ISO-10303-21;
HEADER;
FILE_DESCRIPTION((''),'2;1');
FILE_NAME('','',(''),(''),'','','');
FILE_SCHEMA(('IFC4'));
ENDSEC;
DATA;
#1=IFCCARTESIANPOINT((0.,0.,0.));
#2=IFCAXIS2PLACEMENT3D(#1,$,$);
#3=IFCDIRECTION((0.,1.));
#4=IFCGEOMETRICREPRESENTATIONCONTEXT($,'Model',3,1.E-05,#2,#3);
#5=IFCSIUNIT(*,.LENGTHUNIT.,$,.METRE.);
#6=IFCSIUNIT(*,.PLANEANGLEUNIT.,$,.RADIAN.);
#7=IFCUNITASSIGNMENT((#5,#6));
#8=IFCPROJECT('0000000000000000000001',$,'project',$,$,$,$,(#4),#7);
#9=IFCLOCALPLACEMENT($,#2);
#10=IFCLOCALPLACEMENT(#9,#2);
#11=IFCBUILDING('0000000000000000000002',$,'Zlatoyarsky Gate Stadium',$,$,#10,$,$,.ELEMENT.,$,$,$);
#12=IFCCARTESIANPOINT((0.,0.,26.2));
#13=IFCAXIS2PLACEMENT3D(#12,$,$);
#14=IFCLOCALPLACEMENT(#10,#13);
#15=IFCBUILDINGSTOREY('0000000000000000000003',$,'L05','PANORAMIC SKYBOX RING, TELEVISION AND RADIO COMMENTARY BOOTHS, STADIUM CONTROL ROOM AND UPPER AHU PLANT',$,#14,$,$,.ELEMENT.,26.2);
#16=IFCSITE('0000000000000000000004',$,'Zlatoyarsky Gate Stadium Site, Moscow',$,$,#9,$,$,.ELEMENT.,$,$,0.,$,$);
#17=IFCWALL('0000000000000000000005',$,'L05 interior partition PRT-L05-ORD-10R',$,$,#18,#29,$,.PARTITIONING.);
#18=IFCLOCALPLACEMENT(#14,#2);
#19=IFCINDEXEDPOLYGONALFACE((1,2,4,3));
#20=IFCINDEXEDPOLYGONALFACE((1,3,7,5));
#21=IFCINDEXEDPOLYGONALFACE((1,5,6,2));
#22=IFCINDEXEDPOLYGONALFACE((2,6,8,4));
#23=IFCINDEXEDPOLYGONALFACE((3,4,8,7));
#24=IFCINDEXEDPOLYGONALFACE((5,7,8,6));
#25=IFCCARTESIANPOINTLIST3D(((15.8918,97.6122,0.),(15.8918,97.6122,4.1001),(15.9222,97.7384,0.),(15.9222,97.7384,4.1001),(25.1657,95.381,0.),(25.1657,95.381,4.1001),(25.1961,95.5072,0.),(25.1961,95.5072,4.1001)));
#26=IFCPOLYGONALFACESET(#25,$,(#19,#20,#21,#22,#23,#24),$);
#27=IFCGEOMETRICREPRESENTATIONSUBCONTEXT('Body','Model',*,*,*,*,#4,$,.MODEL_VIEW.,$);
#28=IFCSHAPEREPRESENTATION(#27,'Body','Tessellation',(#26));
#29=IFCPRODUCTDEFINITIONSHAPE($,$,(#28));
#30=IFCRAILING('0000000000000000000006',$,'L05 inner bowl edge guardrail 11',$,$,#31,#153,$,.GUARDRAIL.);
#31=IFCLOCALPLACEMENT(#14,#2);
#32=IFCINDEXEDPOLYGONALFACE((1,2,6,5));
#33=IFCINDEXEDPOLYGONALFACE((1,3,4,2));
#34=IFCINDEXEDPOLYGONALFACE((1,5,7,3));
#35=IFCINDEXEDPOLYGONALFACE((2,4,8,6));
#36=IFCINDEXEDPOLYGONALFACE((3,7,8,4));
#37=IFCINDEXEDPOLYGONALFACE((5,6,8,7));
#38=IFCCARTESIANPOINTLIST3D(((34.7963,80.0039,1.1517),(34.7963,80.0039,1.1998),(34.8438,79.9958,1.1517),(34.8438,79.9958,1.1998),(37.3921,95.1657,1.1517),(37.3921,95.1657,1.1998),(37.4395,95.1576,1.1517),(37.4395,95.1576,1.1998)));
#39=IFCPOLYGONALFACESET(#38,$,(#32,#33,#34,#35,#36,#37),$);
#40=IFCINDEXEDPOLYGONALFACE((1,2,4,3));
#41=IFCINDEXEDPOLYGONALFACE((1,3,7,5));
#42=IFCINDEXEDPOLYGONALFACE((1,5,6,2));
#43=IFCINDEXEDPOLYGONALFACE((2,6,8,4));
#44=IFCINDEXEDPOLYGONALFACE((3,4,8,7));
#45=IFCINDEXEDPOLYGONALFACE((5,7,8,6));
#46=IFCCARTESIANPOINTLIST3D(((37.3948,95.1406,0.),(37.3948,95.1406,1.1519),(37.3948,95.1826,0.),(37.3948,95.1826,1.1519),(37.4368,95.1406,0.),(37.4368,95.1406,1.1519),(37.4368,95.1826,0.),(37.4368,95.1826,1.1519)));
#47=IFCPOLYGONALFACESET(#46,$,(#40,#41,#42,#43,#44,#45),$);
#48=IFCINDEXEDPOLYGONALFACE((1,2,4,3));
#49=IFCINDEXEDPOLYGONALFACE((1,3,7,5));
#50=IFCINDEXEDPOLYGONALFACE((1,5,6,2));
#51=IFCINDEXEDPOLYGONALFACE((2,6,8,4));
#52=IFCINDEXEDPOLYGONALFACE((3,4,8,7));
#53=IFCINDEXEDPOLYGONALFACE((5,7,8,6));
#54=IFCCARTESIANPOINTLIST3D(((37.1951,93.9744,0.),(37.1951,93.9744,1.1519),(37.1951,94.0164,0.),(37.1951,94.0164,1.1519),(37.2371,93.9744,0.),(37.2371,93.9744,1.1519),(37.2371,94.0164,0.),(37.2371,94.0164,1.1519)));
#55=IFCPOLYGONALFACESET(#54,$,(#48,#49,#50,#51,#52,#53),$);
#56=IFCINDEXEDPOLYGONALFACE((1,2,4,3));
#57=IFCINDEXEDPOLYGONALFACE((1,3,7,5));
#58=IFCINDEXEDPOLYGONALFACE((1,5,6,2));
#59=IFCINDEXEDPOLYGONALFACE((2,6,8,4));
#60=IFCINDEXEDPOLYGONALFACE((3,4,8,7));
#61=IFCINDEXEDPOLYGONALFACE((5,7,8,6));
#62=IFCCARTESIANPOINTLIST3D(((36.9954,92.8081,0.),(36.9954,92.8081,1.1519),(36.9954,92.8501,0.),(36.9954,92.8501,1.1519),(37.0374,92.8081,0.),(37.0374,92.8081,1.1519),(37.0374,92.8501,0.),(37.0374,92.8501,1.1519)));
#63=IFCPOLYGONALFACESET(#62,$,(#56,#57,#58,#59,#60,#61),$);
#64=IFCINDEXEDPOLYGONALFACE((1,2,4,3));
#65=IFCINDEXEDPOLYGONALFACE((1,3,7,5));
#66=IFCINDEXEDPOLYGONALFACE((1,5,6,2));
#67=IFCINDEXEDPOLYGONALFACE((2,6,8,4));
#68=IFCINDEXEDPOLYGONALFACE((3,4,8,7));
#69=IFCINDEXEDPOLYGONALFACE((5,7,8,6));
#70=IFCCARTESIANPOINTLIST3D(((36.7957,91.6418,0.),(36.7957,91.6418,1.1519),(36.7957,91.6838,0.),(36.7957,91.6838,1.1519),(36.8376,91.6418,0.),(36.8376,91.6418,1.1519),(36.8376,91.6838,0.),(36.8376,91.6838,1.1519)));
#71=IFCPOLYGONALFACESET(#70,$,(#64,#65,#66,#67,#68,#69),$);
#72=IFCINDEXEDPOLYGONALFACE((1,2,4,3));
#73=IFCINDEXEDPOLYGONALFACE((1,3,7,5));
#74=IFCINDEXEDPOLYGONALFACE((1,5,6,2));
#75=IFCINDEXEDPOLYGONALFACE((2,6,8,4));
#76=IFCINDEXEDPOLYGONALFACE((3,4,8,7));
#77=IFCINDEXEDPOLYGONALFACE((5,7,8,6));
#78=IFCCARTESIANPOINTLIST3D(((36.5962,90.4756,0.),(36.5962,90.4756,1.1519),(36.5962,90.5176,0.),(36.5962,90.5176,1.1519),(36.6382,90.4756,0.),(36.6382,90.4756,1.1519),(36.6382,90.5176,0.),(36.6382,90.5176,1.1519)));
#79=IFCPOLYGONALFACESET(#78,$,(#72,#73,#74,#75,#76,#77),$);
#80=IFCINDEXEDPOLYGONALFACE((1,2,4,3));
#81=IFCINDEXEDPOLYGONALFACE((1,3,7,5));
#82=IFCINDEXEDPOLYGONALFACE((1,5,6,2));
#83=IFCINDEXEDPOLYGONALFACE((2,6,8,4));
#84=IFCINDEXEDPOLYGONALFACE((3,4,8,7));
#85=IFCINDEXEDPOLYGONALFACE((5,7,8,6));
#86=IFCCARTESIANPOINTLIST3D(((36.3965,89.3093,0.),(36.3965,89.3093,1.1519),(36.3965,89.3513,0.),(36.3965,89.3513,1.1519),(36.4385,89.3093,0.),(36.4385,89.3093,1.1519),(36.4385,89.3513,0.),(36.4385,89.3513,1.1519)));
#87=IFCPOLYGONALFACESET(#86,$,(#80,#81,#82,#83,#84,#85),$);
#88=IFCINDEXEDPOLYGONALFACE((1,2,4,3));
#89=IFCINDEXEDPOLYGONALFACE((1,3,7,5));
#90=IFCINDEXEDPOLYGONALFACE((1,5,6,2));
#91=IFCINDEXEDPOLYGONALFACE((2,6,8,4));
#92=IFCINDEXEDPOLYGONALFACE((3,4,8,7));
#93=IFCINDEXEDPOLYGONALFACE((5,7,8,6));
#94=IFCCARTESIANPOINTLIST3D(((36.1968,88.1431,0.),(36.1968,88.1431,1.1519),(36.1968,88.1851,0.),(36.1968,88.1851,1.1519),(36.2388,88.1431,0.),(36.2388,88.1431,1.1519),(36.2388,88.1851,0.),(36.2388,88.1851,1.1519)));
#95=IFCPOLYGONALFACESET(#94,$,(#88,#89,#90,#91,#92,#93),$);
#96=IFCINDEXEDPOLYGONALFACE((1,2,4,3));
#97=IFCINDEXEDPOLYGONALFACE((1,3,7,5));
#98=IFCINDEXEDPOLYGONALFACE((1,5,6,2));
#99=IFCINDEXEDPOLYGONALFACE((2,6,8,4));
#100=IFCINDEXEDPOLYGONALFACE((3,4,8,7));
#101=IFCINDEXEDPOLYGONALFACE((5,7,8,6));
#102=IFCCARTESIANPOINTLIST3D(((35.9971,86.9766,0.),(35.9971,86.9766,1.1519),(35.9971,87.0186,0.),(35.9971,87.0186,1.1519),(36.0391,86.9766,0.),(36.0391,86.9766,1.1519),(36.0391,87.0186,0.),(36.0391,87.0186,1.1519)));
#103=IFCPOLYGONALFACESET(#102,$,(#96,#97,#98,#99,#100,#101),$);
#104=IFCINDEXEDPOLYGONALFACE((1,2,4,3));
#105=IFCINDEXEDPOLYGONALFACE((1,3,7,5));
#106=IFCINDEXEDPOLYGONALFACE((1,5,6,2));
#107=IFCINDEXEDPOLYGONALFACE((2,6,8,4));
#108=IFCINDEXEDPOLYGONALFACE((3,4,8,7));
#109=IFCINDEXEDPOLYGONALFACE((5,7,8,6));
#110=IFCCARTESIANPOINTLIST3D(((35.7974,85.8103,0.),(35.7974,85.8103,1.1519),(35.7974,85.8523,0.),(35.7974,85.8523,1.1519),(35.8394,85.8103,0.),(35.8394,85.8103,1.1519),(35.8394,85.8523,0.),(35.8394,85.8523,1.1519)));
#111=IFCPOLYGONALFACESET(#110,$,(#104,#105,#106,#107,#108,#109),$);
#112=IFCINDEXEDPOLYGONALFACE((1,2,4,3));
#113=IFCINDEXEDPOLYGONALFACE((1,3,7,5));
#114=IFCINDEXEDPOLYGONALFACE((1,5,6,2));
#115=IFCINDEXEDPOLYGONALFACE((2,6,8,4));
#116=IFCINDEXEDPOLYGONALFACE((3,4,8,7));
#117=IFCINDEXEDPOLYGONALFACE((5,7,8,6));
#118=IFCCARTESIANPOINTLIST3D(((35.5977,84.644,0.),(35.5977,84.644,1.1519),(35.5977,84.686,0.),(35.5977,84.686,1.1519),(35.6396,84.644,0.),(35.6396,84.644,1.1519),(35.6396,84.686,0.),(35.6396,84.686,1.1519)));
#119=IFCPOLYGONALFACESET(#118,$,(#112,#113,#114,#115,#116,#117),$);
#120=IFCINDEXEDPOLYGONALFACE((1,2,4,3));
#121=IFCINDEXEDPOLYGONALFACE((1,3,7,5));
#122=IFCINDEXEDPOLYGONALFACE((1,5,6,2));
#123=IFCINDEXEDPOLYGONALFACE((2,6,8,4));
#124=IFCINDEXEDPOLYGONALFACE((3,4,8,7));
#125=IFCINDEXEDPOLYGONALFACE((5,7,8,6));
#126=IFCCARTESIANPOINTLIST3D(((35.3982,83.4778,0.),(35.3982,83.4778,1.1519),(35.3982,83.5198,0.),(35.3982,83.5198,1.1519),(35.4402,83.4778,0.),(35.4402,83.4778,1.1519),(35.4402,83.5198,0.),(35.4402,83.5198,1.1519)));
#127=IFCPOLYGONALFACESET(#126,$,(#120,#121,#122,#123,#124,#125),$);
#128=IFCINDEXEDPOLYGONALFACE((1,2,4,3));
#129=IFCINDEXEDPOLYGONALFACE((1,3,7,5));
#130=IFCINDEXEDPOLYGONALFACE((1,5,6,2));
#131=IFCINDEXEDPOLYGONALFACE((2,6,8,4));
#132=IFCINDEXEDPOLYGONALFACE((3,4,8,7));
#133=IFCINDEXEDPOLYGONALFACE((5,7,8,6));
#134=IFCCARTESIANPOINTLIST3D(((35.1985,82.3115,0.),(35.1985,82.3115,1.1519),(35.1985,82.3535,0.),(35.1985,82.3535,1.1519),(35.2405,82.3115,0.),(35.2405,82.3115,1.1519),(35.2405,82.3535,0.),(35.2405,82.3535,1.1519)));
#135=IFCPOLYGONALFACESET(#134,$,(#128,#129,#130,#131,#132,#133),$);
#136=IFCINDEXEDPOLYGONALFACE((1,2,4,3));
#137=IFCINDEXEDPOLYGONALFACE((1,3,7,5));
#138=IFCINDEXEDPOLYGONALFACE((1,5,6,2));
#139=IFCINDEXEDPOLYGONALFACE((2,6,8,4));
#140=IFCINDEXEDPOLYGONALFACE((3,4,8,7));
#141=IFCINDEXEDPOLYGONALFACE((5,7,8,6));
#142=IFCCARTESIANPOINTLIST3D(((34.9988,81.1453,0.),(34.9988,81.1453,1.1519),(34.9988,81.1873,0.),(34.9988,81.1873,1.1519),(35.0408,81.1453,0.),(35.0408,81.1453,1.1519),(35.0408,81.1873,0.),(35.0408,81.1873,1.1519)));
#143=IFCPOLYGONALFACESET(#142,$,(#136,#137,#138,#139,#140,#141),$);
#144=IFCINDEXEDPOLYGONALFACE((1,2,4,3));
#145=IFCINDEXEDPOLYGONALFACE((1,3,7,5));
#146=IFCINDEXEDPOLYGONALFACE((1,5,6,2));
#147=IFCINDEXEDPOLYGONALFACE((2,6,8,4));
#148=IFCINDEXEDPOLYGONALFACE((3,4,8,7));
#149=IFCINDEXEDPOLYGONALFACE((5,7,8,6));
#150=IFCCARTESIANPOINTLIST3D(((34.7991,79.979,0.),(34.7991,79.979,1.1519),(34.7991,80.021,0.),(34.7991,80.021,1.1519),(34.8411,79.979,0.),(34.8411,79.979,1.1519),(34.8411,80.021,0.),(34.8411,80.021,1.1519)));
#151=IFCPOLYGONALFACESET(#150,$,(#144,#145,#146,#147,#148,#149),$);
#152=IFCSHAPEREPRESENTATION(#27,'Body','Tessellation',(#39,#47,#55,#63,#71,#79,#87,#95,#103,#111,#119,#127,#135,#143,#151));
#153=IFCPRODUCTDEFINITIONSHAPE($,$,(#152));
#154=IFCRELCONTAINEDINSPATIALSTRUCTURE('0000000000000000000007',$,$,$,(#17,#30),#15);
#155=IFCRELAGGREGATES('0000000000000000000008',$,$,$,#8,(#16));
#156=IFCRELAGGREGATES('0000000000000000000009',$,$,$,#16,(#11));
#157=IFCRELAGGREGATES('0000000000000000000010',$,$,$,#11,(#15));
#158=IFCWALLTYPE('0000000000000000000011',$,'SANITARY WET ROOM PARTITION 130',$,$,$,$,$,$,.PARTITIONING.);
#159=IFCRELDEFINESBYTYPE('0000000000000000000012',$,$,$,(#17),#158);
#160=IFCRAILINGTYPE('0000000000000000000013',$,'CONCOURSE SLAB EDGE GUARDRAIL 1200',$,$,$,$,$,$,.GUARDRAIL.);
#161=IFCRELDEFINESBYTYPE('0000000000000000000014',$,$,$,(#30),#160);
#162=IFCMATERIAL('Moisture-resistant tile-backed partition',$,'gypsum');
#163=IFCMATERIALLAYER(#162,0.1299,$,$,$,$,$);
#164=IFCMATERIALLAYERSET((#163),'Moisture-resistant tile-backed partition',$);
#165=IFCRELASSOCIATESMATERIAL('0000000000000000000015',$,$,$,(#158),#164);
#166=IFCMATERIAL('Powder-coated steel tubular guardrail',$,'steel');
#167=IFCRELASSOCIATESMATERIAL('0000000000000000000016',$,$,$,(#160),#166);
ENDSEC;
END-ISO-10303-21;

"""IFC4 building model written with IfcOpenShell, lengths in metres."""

from ifc_helpers import new_model, si_unit, direction, frame, frame_2d, origin, origin_2d, place, context, subcontext, project, spatial, rectangle, extrude, material, layer, layer_set, type_object, element, save


model = new_model("IFC4")

# Units and contexts
model_context = context("Model", 3, precision=1e-05, world=origin(), true_north=direction((0.0, 1.0)))
body_context = subcontext(model_context, "Body", "Model", "MODEL_VIEW")
ifc_project = project(units=[si_unit("LENGTHUNIT", "METRE"), si_unit("PLANEANGLEUNIT", "RADIAN")], contexts=[model_context])

# Site, building, storey
site_placement = place(None, origin())
site = spatial("IfcSite", under=ifc_project, at=site_placement, Name="Zlatoyarsky Gate Stadium Site, Moscow", CompositionType="ELEMENT", RefElevation=0.0)
building_placement = place(site_placement, origin())
building = spatial("IfcBuilding", under=site, at=building_placement, Name="Zlatoyarsky Gate Stadium", CompositionType="ELEMENT")
storey_placement = place(building_placement, frame((0.0, 0.0, 26.2)))
storey = spatial("IfcBuildingStorey", under=building, at=storey_placement, Name="L05", Description="PANORAMIC SKYBOX RING, TELEVISION AND RADIO COMMENTARY BOOTHS, STADIUM CONTROL ROOM AND UPPER AHU PLANT", CompositionType="ELEMENT", Elevation=26.2)

# Shared definitions
ifc_material_1 = material(Name="Moisture-resistant tile-backed partition", Category="gypsum")
ifc_layer_1 = layer(ifc_material_1, 0.1299)
ifc_layer_set_1 = layer_set([ifc_layer_1], Name="Moisture-resistant tile-backed partition")
wall_type_1 = type_object("IfcWallType", Name="SANITARY WET ROOM PARTITION 130", PredefinedType="PARTITIONING", material=ifc_layer_set_1)

# Wall
wall_1_placement = place(storey_placement, frame((25.1809, 95.4441, 0.0), z_axis=(0.0, 0.0, 1.0), x_axis=(-0.972257, 0.233914, 0.0)))
element("IfcWall", 1, at=wall_1_placement, inside=storey, type_object=wall_type_1, Name="L05 interior partition PRT-L05-ORD-10R", PredefinedType="PARTITIONING", context=body_context, shape_type="SweptSolid", body=[
    extrude(rectangle(XDim=9.5386, YDim=0.1299, at=frame_2d((4.7693, 0.0))), origin(), (0.0, 0.0, 1.0), 4.1001),
])

# Railing
ifc_material_2 = material(Name="Powder-coated steel tubular guardrail", Category="steel")
railing_type = type_object("IfcRailingType", Name="CONCOURSE SLAB EDGE GUARDRAIL 1200", PredefinedType="GUARDRAIL", material=ifc_material_2)
railing_placement = place(storey_placement, frame((37.4158, 95.1616, 0.0)))
element("IfcRailing", 2, at=railing_placement, inside=storey, type_object=railing_type, Name="L05 inner bowl edge guardrail 11", PredefinedType="GUARDRAIL", context=body_context, shape_type="SweptSolid", body=[
    extrude(rectangle(XDim=0.0481, YDim=0.0481, at=origin_2d()), frame((0.0, 0.0, 1.1758), z_axis=(-0.168747, -0.985659, 0.0), x_axis=(0.985659, -0.168747, 0.0)), (0.0, 0.0, 1.0), 15.3823),
    extrude(rectangle(XDim=0.042, YDim=0.042, at=origin_2d()), origin(), (0.0, 0.0, 1.0), 1.1519),
    extrude(rectangle(XDim=0.042, YDim=0.042, at=origin_2d()), frame((-0.1997, -1.1663, 0.0)), (0.0, 0.0, 1.0), 1.1519),
    extrude(rectangle(XDim=0.042, YDim=0.042, at=origin_2d()), frame((-0.3994, -2.3325, 0.0)), (0.0, 0.0, 1.0), 1.1519),
    extrude(rectangle(XDim=0.042, YDim=0.042, at=origin_2d()), frame((-0.5991, -3.4988, 0.0)), (0.0, 0.0, 1.0), 1.1519),
    extrude(rectangle(XDim=0.042, YDim=0.042, at=origin_2d()), frame((-0.7986, -4.665, 0.0)), (0.0, 0.0, 1.0), 1.1519),
    extrude(rectangle(XDim=0.042, YDim=0.042, at=origin_2d()), frame((-0.9983, -5.8313, 0.0)), (0.0, 0.0, 1.0), 1.1519),
    extrude(rectangle(XDim=0.042, YDim=0.042, at=origin_2d()), frame((-1.198, -6.9976, 0.0)), (0.0, 0.0, 1.0), 1.1519),
    extrude(rectangle(XDim=0.042, YDim=0.042, at=origin_2d()), frame((-1.3977, -8.1641, 0.0)), (0.0, 0.0, 1.0), 1.1519),
    extrude(rectangle(XDim=0.042, YDim=0.042, at=origin_2d()), frame((-1.5974, -9.3303, 0.0)), (0.0, 0.0, 1.0), 1.1519),
    extrude(rectangle(XDim=0.042, YDim=0.042, at=origin_2d()), frame((-1.7971, -10.4966, 0.0)), (0.0, 0.0, 1.0), 1.1519),
    extrude(rectangle(XDim=0.042, YDim=0.042, at=origin_2d()), frame((-1.9966, -11.6628, 0.0)), (0.0, 0.0, 1.0), 1.1519),
    extrude(rectangle(XDim=0.042, YDim=0.042, at=origin_2d()), frame((-2.1963, -12.8291, 0.0)), (0.0, 0.0, 1.0), 1.1519),
    extrude(rectangle(XDim=0.042, YDim=0.042, at=origin_2d()), frame((-2.396, -13.9954, 0.0)), (0.0, 0.0, 1.0), 1.1519),
    extrude(rectangle(XDim=0.042, YDim=0.042, at=origin_2d()), frame((-2.5957, -15.1616, 0.0)), (0.0, 0.0, 1.0), 1.1519),
])

save(model, "model.ifc")
